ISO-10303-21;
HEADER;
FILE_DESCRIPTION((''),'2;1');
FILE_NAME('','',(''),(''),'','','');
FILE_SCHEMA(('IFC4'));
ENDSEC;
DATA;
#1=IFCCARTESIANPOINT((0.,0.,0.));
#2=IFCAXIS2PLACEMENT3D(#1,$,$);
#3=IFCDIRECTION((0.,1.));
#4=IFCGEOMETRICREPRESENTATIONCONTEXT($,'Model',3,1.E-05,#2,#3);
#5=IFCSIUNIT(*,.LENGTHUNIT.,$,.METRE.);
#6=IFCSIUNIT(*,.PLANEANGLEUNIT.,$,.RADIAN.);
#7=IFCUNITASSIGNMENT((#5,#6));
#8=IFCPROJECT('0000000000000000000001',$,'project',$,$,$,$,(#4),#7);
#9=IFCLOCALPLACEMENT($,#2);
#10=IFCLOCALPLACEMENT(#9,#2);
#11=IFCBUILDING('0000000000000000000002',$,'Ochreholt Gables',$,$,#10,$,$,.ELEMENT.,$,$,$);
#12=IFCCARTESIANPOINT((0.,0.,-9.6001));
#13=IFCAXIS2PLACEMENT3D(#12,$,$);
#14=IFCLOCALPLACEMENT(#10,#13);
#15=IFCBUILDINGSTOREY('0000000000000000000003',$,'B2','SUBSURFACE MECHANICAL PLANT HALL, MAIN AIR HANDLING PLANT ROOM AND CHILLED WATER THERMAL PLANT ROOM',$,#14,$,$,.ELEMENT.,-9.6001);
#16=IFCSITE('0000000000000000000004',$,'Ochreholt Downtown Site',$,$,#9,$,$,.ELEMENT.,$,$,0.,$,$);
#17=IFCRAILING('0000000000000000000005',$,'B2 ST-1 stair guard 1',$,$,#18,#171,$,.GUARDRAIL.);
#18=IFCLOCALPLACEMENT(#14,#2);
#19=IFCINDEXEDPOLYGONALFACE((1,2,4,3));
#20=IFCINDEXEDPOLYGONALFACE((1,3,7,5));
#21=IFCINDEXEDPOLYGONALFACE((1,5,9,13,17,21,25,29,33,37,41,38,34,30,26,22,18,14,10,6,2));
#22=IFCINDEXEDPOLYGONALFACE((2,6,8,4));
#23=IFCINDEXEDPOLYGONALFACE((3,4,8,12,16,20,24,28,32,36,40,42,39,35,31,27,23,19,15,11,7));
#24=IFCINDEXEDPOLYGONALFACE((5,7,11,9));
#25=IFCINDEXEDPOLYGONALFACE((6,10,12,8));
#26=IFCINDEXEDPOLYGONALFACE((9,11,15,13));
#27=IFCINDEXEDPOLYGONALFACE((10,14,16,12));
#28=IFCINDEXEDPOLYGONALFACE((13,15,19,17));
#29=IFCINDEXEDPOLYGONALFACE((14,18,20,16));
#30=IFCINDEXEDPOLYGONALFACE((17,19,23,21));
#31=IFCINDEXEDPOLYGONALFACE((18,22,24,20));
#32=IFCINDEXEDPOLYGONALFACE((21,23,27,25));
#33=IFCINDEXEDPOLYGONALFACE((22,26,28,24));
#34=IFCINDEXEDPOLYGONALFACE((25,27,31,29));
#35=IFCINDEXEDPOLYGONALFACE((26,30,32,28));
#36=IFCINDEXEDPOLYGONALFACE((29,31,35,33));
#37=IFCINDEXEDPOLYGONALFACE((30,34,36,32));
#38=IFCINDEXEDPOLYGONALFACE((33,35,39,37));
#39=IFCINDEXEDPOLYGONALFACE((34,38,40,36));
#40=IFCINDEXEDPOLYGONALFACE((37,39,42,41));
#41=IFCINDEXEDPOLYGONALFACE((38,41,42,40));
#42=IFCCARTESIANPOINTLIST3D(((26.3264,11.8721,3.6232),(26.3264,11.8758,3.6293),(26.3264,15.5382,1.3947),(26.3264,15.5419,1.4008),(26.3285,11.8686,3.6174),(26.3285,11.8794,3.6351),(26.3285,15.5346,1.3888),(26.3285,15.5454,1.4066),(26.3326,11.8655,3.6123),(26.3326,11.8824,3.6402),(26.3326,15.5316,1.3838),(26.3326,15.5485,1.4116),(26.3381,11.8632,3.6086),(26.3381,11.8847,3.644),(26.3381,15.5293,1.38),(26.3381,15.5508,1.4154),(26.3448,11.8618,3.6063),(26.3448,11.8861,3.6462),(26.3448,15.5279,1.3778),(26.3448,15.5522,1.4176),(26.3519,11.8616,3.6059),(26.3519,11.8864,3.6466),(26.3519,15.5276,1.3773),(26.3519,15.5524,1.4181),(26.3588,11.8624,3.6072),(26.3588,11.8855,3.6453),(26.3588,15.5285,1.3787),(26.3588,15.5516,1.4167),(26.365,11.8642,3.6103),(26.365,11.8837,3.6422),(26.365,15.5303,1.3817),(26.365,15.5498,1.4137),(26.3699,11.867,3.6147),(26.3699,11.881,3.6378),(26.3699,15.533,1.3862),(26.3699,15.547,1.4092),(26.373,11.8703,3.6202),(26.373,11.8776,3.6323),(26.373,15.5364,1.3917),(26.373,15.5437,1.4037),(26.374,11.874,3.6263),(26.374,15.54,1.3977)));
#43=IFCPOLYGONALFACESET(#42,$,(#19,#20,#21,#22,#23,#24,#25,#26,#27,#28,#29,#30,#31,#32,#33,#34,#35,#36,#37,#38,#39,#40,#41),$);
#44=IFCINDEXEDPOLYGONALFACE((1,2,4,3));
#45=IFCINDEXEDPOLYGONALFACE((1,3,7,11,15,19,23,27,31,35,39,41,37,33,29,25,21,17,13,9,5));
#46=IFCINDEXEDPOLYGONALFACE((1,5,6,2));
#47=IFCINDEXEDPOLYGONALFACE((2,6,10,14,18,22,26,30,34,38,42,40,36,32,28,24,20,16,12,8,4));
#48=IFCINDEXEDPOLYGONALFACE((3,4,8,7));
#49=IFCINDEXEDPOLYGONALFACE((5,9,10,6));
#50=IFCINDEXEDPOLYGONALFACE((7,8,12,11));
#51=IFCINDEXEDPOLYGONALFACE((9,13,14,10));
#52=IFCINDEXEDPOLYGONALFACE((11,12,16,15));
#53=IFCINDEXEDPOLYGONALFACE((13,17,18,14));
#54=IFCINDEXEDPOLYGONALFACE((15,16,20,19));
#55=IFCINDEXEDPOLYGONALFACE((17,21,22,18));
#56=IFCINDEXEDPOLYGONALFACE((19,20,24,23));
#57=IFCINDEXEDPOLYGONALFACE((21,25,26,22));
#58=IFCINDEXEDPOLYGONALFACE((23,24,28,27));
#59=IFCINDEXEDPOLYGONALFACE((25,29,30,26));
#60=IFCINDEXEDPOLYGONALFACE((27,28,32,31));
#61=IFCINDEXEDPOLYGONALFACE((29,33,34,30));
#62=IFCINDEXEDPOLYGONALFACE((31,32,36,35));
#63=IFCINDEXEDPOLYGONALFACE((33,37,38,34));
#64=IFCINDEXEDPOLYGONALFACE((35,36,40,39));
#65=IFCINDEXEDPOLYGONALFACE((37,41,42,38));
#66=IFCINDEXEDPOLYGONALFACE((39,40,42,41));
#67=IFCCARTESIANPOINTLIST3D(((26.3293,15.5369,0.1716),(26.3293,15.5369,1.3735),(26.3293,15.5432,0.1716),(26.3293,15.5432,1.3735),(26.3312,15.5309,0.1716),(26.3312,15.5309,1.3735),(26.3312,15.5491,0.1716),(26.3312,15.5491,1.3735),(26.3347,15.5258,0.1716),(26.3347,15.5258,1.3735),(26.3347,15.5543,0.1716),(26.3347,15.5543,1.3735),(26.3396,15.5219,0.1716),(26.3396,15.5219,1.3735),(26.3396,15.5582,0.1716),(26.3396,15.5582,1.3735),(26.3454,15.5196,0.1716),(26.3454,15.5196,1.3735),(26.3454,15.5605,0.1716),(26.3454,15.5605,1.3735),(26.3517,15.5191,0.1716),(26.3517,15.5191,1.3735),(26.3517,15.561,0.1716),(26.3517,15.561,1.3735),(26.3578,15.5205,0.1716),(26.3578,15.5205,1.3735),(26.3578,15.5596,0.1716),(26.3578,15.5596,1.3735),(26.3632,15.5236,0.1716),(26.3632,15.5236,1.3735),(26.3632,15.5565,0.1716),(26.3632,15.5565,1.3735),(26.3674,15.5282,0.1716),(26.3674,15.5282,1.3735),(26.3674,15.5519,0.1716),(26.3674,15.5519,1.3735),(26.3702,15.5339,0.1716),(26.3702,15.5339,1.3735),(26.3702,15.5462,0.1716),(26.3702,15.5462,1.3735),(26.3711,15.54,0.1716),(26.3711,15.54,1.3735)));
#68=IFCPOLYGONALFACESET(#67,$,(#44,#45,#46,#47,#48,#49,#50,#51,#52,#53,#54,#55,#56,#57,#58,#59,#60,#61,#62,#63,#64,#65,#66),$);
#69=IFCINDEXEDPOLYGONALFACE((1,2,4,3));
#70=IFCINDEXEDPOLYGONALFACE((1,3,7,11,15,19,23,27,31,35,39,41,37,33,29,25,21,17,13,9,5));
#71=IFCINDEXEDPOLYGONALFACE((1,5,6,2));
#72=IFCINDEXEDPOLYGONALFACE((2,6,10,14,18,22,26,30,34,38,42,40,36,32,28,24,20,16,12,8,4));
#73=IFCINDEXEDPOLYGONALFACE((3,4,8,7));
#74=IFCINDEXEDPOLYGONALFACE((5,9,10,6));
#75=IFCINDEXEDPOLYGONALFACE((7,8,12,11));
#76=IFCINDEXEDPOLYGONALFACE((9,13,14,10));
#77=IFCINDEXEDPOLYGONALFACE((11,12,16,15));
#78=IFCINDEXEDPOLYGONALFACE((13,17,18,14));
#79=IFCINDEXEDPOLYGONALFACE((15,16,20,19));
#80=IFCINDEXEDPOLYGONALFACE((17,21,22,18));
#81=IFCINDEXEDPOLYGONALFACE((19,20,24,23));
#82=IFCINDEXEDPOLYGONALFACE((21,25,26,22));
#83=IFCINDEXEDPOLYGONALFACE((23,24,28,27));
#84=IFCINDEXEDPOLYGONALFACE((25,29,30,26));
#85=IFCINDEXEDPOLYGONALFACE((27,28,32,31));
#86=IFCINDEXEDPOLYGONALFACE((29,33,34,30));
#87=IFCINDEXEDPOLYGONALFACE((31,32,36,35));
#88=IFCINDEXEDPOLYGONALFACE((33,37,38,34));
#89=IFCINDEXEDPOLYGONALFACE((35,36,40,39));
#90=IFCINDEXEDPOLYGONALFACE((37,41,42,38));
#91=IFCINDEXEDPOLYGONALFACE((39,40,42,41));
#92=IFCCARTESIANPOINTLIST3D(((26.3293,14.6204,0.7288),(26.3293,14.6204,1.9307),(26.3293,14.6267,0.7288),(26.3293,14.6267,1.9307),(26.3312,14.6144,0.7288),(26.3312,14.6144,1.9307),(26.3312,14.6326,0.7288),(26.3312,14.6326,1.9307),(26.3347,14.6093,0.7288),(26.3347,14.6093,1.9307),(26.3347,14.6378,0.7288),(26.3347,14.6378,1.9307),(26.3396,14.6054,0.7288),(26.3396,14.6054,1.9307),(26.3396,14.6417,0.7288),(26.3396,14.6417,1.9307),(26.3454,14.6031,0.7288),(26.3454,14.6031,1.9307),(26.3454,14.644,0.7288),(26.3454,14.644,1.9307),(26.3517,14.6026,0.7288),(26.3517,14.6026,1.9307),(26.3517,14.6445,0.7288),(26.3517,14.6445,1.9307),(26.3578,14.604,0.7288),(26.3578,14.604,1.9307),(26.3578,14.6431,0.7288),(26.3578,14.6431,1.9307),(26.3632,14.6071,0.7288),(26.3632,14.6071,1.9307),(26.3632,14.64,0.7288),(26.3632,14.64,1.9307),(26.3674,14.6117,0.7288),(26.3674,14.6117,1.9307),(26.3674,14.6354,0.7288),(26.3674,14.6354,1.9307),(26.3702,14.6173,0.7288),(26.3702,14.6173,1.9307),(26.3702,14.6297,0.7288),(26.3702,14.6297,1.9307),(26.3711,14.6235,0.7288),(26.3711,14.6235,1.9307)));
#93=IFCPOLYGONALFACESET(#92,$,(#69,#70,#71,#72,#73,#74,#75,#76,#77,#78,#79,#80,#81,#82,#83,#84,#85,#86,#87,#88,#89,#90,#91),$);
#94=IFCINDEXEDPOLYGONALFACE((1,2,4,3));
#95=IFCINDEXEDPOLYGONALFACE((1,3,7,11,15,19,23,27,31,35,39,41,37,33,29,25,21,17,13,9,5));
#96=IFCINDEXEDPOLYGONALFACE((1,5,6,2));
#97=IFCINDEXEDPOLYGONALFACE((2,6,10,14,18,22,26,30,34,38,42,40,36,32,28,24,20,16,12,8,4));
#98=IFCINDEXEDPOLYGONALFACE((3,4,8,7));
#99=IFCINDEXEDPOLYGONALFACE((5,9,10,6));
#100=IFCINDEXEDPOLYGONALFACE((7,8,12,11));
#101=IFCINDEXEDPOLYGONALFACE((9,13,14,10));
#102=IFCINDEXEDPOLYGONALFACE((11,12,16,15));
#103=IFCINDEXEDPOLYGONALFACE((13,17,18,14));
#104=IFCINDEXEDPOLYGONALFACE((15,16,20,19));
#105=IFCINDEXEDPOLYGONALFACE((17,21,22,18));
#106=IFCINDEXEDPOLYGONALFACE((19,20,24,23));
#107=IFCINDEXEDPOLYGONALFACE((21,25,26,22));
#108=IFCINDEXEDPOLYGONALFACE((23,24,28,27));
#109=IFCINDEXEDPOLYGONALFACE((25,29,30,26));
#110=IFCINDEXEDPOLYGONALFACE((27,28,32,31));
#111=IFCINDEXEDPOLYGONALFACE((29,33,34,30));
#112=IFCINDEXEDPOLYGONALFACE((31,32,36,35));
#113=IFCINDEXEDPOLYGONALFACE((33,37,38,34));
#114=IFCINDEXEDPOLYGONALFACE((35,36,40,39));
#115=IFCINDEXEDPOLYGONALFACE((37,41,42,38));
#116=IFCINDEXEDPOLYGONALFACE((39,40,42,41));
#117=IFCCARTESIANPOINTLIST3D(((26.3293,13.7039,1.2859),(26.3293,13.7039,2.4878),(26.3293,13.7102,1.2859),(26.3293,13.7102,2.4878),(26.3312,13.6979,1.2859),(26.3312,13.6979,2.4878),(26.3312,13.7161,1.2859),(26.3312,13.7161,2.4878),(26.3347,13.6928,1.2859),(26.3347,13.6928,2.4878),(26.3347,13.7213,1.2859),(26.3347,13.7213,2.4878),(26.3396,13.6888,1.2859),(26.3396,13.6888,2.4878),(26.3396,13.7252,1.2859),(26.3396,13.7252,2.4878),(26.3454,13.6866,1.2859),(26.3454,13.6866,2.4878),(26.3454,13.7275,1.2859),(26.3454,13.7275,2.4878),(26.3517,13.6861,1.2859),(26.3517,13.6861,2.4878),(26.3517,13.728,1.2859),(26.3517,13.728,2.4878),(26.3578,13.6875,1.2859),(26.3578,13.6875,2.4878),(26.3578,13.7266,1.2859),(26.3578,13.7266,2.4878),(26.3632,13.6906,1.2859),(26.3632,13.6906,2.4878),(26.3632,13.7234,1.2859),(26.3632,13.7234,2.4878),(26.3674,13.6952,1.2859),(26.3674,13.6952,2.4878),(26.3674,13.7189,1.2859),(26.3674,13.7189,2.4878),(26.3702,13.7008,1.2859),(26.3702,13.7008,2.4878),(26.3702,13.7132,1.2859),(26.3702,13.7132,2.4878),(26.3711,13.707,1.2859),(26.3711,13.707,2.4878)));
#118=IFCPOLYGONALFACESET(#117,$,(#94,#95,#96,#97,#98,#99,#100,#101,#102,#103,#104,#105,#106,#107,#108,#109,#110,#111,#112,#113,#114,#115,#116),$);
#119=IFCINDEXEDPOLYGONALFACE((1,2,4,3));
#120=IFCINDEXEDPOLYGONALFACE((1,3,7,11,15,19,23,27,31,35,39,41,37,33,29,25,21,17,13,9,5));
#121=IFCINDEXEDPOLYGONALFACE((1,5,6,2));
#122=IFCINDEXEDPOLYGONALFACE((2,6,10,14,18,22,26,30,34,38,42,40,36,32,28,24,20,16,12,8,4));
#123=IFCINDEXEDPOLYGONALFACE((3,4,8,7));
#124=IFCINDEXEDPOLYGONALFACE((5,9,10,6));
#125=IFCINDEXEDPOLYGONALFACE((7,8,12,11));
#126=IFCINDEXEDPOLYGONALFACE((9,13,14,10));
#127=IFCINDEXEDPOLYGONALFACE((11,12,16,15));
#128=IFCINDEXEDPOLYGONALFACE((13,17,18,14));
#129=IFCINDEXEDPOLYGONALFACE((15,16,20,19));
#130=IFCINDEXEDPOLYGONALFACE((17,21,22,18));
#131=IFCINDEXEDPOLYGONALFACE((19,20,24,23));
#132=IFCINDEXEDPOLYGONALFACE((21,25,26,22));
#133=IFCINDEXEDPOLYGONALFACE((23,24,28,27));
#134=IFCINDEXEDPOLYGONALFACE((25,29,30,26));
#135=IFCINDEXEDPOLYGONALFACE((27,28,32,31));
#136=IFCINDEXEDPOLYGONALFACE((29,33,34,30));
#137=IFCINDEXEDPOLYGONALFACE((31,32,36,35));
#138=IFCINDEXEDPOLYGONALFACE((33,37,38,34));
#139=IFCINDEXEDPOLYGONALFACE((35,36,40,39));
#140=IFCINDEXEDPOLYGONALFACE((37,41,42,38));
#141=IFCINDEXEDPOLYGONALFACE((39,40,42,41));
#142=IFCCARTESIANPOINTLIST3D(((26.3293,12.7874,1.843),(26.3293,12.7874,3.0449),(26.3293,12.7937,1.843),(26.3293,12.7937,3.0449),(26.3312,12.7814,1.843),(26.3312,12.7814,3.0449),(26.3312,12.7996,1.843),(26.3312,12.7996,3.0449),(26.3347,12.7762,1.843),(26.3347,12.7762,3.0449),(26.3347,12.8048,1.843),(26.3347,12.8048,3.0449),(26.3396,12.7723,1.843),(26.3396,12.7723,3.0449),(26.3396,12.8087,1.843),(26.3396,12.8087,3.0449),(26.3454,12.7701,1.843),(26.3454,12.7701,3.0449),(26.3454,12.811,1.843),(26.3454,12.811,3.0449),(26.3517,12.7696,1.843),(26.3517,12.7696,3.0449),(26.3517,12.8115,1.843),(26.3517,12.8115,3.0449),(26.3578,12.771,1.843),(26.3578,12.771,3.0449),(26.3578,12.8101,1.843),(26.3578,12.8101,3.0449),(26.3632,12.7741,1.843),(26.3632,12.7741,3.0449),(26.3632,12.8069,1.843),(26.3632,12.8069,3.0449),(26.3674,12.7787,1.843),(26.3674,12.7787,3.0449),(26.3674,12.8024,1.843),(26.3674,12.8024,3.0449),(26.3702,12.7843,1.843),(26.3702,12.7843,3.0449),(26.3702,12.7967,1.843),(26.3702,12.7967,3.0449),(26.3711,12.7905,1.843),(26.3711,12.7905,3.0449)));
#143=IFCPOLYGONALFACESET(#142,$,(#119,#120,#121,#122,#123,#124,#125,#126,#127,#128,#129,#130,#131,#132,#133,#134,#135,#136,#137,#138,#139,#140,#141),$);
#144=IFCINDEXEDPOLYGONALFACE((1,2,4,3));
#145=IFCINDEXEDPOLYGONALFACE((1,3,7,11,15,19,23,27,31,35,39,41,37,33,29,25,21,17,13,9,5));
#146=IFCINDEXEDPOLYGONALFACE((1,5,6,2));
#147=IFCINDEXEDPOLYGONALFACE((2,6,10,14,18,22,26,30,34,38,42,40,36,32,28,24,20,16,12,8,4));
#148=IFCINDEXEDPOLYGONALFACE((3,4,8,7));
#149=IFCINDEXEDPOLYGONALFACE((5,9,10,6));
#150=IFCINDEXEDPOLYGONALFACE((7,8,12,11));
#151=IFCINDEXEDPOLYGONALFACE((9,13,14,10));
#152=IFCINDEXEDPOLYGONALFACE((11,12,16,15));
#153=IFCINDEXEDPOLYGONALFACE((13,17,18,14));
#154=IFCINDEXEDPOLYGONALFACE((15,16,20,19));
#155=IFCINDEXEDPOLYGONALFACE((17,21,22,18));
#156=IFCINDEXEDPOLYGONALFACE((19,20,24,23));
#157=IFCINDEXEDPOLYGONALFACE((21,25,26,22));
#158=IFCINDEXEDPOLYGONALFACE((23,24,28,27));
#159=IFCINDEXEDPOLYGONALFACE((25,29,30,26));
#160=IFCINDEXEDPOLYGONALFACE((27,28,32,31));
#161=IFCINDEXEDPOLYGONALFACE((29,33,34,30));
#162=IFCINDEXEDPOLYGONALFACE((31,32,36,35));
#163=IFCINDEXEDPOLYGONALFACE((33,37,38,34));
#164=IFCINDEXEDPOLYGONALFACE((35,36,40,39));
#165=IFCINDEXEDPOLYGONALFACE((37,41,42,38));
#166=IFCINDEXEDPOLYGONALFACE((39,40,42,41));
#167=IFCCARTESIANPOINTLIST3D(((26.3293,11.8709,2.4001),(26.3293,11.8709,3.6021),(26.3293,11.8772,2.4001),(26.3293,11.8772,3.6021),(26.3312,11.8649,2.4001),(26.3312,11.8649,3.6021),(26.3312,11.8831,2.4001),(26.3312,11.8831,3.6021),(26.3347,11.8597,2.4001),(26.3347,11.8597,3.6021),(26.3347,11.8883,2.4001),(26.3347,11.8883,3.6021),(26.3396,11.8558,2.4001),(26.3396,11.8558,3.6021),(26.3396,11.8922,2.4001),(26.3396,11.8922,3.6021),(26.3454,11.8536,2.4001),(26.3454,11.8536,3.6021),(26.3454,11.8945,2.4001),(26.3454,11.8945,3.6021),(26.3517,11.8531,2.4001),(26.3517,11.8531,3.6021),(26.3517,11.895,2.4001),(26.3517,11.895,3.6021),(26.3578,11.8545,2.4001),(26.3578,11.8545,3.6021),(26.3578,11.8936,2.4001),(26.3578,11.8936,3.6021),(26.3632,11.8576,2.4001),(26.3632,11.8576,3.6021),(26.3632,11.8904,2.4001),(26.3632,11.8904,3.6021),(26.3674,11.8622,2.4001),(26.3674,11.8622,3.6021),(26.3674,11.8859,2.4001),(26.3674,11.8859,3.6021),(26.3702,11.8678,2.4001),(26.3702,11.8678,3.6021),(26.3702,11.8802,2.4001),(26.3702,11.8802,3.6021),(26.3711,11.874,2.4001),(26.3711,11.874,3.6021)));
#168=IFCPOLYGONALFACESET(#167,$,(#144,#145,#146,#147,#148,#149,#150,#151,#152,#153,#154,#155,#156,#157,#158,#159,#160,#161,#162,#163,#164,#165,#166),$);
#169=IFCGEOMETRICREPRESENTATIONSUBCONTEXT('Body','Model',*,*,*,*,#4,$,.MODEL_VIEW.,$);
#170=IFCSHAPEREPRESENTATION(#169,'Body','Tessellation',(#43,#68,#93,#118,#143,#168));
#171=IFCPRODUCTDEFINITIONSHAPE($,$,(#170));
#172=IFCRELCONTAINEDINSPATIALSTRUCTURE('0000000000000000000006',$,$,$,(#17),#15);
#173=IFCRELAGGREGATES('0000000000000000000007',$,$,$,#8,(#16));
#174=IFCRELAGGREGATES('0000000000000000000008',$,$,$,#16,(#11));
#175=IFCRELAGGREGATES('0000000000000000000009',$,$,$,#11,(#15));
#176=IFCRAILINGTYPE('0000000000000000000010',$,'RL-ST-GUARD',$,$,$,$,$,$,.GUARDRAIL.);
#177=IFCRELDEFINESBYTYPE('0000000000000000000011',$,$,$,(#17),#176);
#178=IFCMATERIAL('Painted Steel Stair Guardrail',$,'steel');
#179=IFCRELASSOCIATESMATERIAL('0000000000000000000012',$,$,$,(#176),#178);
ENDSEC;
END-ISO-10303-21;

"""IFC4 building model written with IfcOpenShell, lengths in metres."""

from ifc_helpers import new_model, si_unit, direction, frame, origin, origin_2d, place, context, subcontext, project, spatial, circle, extrude, material, type_object, element, save


model = new_model("IFC4")

# Units and contexts
model_context = context("Model", 3, precision=1e-05, world=origin(), true_north=direction((0.0, 1.0)))
body_context = subcontext(model_context, "Body", "Model", "MODEL_VIEW")
ifc_project = project(units=[si_unit("LENGTHUNIT", "METRE"), si_unit("PLANEANGLEUNIT", "RADIAN")], contexts=[model_context])

# Site, building, storey
site_placement = place(None, origin())
site = spatial("IfcSite", under=ifc_project, at=site_placement, Name="Ochreholt Downtown Site", CompositionType="ELEMENT", RefElevation=0.0)
building_placement = place(site_placement, origin())
building = spatial("IfcBuilding", under=site, at=building_placement, Name="Ochreholt Gables", CompositionType="ELEMENT")
storey_placement = place(building_placement, frame((0.0, 0.0, -9.6001)))
storey = spatial("IfcBuildingStorey", under=building, at=storey_placement, Name="B2", Description="SUBSURFACE MECHANICAL PLANT HALL, MAIN AIR HANDLING PLANT ROOM AND CHILLED WATER THERMAL PLANT ROOM", CompositionType="ELEMENT", Elevation=-9.6001)

# Railing
ifc_material_1 = material(Name="Painted Steel Stair Guardrail", Category="steel")
railing_type_1 = type_object("IfcRailingType", Name="RL-ST-GUARD", PredefinedType="GUARDRAIL", material=ifc_material_1)
railing_1_placement = place(storey_placement, frame((26.3501, 15.54, 0.1716)))
element("IfcRailing", 1, at=railing_1_placement, inside=storey, type_object=railing_type_1, Name="B2 ST-1 stair guard 1", PredefinedType="GUARDRAIL", context=body_context, shape_type="SweptSolid", body=[
    extrude(circle(Radius=0.0239, at=origin_2d()), frame((0.0, 0.0, 1.2261), z_axis=(0.0, -0.854506, 0.519441), x_axis=(1.0, 0.0, 0.0)), (0.0, 0.0, 1.0), 4.2903),
    extrude(circle(Radius=0.021, at=origin_2d()), origin(), (0.0, 0.0, 1.0), 1.2019),
    extrude(circle(Radius=0.021, at=origin_2d()), frame((0.0, -0.9165, 0.5571)), (0.0, 0.0, 1.0), 1.2019),
    extrude(circle(Radius=0.021, at=origin_2d()), frame((0.0, -1.833, 1.1143)), (0.0, 0.0, 1.0), 1.2019),
    extrude(circle(Radius=0.021, at=origin_2d()), frame((0.0, -2.7495, 1.6714)), (0.0, 0.0, 1.0), 1.2019),
    extrude(circle(Radius=0.021, at=origin_2d()), frame((0.0, -3.666, 2.2285)), (0.0, 0.0, 1.0), 1.2019),
])

save(model, "model.ifc")
